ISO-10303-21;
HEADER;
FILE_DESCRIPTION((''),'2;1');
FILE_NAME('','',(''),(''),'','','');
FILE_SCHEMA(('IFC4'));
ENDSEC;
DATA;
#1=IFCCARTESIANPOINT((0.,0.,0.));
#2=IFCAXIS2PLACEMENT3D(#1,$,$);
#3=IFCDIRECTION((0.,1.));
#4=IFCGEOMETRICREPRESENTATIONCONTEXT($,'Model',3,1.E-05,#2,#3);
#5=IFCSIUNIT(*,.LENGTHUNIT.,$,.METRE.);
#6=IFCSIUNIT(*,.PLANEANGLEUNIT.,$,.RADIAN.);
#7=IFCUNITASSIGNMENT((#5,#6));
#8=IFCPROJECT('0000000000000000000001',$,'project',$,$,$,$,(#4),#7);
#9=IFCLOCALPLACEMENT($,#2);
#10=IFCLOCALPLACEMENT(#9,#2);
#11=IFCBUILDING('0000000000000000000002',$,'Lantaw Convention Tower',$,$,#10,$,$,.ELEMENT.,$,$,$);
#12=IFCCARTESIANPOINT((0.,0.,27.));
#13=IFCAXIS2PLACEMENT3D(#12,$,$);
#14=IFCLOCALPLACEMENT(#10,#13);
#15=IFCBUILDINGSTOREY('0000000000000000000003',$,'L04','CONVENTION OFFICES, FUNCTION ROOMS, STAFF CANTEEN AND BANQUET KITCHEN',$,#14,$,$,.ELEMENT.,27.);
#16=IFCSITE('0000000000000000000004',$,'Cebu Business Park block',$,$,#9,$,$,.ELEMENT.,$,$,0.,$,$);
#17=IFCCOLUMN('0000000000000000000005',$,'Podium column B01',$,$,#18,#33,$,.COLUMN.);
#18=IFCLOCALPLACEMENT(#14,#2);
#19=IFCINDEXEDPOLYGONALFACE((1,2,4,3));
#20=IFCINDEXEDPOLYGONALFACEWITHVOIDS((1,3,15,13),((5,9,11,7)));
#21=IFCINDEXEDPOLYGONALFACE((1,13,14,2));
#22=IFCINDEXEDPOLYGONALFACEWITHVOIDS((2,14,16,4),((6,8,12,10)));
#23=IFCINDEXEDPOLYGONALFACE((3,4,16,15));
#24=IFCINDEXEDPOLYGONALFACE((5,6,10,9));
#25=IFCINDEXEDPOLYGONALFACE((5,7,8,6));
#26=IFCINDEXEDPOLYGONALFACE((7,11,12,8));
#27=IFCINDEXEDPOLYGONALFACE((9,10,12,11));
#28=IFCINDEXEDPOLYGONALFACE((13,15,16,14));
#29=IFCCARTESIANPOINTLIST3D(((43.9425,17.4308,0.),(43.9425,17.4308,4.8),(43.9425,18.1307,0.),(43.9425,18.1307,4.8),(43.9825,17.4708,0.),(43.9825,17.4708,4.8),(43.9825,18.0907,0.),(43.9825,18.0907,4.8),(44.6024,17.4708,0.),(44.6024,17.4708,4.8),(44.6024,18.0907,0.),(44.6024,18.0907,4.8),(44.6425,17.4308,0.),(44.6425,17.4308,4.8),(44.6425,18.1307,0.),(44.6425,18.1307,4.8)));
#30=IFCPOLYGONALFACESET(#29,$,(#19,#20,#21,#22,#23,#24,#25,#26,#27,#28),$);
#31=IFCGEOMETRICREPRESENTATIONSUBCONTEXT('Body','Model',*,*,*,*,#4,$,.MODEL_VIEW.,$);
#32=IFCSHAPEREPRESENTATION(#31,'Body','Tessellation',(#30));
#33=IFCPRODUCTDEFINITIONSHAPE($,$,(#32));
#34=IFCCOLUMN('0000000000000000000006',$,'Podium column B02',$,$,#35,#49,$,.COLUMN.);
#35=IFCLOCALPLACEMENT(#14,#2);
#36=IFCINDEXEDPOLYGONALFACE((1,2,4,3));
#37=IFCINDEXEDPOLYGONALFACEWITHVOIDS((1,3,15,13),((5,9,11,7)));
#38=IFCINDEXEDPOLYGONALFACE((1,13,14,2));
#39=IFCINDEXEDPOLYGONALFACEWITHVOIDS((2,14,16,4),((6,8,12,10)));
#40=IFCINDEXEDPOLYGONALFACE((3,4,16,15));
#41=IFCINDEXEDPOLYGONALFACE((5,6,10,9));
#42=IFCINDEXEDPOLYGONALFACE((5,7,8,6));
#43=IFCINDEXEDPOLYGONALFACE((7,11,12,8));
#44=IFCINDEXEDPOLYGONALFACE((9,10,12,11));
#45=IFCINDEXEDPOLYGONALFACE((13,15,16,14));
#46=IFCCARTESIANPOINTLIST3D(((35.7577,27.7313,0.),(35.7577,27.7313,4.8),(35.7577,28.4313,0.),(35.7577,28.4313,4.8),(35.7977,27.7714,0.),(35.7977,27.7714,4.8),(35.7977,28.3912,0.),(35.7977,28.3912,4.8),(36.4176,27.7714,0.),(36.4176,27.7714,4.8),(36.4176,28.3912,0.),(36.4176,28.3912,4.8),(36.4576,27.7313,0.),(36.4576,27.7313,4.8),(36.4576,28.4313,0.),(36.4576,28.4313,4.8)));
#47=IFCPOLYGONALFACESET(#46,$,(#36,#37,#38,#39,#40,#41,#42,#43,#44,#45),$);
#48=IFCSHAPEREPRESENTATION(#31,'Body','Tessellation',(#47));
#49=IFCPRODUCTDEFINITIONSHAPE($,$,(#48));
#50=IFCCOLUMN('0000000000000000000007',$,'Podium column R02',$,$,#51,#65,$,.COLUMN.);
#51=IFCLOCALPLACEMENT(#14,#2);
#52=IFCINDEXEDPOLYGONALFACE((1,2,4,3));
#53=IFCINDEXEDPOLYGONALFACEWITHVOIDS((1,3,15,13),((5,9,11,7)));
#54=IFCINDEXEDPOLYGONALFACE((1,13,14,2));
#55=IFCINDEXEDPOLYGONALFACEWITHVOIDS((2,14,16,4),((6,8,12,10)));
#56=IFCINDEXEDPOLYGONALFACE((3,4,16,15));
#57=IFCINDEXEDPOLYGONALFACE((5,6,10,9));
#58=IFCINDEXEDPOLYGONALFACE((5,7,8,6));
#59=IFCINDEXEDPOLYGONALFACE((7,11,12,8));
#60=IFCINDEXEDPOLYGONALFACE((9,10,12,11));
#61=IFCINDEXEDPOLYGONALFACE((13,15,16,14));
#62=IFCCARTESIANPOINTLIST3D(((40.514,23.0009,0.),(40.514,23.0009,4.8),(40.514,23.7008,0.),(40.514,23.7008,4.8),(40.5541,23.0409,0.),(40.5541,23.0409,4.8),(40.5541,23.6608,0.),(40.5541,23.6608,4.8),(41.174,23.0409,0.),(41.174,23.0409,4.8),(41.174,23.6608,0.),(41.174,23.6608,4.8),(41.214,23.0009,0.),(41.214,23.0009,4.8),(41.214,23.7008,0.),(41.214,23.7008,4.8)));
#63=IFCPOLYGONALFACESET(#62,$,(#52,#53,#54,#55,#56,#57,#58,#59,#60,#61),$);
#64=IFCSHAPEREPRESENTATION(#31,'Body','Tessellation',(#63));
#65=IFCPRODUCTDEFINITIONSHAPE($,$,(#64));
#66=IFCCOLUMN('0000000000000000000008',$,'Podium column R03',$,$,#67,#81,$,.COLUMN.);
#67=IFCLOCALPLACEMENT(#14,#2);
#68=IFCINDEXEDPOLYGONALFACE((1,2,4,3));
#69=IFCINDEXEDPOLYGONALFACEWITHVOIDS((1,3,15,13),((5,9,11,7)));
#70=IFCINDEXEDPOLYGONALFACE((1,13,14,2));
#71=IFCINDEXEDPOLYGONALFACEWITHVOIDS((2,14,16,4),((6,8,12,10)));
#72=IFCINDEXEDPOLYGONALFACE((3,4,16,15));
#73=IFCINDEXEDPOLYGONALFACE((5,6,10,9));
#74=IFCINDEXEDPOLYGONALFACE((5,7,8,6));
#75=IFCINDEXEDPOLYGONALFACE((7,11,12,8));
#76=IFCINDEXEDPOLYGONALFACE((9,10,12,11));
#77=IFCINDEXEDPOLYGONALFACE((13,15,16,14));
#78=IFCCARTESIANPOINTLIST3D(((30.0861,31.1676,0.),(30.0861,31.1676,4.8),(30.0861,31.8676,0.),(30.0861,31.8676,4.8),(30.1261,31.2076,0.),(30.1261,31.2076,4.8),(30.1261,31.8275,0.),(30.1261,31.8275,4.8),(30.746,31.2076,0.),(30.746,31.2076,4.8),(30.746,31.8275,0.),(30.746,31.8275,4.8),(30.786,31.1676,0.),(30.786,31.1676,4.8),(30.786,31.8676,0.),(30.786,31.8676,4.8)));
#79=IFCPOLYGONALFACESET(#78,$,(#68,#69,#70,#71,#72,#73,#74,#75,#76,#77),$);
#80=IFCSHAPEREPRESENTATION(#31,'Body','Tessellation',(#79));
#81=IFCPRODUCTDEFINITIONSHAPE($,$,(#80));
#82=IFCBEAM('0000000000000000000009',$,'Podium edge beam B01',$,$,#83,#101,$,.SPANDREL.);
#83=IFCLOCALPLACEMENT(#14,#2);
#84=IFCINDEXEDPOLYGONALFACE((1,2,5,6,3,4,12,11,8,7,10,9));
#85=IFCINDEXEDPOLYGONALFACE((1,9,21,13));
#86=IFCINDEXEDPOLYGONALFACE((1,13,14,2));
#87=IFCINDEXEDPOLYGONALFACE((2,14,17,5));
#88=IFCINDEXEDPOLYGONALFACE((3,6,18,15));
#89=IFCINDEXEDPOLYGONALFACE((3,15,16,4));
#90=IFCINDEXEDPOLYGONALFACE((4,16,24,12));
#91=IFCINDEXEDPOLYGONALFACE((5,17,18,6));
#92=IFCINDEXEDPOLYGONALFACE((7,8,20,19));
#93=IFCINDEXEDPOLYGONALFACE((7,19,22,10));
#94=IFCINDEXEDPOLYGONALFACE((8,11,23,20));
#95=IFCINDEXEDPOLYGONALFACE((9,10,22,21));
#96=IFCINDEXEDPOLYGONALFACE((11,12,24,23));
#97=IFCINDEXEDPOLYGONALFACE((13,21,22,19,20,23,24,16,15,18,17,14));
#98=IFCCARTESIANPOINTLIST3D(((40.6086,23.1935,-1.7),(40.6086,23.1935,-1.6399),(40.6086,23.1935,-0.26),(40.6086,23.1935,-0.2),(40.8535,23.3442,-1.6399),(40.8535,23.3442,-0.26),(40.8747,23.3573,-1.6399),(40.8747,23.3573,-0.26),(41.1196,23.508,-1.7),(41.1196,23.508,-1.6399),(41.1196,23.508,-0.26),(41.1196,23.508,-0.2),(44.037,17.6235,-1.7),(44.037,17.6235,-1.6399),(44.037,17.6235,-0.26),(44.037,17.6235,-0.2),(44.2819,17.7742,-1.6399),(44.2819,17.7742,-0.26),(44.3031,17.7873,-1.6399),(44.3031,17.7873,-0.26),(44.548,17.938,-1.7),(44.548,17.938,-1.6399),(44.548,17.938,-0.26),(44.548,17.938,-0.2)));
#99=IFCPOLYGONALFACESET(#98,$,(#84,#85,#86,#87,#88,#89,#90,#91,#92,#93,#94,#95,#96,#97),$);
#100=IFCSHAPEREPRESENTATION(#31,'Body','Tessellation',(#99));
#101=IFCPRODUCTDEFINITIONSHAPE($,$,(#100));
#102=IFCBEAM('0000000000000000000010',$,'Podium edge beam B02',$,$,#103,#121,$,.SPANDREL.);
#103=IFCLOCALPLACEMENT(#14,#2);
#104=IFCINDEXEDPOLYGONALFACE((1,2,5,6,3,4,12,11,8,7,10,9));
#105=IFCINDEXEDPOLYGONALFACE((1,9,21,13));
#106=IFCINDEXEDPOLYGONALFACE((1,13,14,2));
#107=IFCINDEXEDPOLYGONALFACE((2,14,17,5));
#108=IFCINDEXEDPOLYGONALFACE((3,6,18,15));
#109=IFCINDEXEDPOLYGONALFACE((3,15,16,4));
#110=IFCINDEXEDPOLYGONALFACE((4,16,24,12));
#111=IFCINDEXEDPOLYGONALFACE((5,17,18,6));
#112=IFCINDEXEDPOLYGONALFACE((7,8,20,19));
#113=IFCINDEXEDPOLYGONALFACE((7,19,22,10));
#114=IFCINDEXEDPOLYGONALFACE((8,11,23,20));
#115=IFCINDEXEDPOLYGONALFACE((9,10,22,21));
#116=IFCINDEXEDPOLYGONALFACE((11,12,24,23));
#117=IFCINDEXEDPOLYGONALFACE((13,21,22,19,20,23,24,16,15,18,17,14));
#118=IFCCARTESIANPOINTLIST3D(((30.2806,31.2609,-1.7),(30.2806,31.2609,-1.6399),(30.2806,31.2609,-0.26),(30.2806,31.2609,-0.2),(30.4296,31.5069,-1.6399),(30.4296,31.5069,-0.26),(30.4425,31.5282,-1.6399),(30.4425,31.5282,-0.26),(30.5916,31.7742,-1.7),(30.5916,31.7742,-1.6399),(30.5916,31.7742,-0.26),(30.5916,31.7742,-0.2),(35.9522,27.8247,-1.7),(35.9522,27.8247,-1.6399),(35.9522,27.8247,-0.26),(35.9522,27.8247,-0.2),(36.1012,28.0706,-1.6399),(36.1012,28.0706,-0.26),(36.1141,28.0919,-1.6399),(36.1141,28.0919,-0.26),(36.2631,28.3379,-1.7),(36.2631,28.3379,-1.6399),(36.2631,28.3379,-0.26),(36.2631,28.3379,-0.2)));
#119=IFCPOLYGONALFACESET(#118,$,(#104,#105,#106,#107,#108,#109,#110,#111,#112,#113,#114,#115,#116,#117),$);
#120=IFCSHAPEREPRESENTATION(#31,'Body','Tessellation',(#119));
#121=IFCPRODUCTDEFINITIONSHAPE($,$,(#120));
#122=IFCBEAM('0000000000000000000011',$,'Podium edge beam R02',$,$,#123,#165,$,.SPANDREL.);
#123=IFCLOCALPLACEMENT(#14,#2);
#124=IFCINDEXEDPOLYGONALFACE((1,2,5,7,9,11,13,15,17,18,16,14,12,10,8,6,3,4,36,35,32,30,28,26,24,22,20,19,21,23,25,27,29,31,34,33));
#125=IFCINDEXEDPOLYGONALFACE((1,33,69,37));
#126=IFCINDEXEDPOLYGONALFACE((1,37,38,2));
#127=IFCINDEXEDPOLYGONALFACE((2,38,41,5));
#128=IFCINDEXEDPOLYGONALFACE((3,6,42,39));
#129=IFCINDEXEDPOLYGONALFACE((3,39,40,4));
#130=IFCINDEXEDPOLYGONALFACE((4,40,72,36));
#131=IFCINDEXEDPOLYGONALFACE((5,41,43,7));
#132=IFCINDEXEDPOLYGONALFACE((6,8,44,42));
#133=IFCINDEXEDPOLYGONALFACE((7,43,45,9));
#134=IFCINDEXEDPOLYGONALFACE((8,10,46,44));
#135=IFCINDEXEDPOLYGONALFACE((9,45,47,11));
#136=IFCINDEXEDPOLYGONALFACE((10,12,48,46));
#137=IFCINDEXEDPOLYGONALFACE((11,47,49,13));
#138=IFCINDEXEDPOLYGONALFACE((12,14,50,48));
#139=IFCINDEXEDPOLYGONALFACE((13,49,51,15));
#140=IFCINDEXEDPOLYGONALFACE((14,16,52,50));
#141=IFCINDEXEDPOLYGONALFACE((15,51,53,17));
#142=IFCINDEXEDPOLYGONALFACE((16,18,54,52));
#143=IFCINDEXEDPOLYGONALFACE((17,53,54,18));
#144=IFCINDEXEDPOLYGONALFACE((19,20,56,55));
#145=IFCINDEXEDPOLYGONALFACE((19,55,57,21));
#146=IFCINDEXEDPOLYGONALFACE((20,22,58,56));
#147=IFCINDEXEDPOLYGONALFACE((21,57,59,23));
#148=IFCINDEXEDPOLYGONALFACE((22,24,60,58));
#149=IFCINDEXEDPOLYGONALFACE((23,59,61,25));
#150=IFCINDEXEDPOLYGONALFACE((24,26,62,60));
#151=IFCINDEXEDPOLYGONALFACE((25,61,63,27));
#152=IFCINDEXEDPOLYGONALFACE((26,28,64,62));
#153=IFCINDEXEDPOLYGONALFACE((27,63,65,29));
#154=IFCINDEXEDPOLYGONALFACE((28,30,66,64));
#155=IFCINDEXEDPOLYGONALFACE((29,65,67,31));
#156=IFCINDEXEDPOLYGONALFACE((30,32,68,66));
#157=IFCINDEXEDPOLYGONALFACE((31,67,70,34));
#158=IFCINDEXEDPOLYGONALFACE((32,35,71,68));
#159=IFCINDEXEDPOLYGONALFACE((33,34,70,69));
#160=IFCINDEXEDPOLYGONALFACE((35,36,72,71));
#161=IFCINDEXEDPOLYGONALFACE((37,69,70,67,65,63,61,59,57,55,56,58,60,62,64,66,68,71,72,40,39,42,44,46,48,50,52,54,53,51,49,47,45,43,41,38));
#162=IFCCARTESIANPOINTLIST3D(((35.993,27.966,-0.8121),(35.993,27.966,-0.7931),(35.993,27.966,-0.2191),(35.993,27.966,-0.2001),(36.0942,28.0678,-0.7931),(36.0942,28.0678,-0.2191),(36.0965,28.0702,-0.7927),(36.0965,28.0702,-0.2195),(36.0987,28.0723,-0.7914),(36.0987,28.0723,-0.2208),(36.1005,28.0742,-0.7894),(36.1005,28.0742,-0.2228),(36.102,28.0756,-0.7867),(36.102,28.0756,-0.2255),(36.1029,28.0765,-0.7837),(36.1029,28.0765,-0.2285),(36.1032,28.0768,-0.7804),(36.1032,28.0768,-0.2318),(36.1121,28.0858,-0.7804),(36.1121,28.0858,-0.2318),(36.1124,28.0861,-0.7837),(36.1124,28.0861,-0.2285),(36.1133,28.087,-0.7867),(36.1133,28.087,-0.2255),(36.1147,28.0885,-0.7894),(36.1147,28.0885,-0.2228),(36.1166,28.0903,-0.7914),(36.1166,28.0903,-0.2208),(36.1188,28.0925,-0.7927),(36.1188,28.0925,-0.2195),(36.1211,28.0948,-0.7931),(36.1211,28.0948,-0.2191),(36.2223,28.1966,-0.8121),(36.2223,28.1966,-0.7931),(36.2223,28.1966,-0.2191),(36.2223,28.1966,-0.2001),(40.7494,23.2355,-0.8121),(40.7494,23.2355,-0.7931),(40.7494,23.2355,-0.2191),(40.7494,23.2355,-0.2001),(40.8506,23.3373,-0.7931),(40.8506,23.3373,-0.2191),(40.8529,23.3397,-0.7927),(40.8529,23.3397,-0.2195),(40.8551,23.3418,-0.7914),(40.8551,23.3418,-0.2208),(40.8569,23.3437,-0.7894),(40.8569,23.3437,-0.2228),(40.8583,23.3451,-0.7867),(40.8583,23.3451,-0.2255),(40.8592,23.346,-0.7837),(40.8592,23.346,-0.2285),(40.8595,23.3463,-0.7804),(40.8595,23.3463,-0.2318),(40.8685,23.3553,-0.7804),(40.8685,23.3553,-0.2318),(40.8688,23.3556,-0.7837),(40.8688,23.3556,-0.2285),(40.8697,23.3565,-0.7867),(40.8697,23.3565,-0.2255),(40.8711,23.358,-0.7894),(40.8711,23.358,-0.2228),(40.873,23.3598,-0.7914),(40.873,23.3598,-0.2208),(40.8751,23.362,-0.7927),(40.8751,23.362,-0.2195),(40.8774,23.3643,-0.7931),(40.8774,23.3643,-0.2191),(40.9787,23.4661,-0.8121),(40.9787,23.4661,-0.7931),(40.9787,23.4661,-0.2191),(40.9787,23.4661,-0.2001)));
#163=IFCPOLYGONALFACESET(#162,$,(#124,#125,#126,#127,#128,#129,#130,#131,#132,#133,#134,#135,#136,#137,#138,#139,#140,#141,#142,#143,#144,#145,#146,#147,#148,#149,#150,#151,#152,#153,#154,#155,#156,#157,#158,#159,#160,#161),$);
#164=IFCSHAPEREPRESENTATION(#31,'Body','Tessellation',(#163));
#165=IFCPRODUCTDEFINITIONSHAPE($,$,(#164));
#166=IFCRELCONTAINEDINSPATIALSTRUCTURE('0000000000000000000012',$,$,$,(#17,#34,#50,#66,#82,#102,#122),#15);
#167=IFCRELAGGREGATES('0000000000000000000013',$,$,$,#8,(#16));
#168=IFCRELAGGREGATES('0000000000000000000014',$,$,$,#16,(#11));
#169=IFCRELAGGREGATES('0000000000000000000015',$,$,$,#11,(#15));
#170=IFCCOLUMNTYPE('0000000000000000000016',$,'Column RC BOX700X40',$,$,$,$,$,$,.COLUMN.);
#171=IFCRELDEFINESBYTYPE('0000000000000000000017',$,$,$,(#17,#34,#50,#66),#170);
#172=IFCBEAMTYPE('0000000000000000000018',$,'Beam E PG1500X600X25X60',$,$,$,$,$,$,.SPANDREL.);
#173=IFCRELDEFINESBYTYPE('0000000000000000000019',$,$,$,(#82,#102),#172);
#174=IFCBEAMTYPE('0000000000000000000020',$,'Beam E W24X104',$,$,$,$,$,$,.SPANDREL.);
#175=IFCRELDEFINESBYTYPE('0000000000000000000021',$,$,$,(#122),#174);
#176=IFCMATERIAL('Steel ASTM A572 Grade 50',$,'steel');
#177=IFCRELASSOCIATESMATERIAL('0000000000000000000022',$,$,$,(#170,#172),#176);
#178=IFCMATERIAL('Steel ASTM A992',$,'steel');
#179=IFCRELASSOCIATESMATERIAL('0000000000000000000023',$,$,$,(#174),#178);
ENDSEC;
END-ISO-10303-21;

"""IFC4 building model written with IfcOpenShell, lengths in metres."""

from ifc_helpers import new_model, si_unit, direction, frame, origin, origin_2d, place, context, subcontext, project, spatial, hollow_rectangle, i_section, extrude, material, material_profile, profile_set, type_object, element, save


model = new_model("IFC4")

# Units and contexts
model_context = context("Model", 3, precision=1e-05, world=origin(), true_north=direction((0.0, 1.0)))
body_context = subcontext(model_context, "Body", "Model", "MODEL_VIEW")
ifc_project = project(units=[si_unit("LENGTHUNIT", "METRE"), si_unit("PLANEANGLEUNIT", "RADIAN")], contexts=[model_context])

# Site, building, storey
site_placement = place(None, origin())
site = spatial("IfcSite", under=ifc_project, at=site_placement, Name="Cebu Business Park block", CompositionType="ELEMENT", RefElevation=0.0)
building_placement = place(site_placement, origin())
building = spatial("IfcBuilding", under=site, at=building_placement, Name="Lantaw Convention Tower", CompositionType="ELEMENT")
storey_placement = place(building_placement, frame((0.0, 0.0, 27.0)))
storey = spatial("IfcBuildingStorey", under=building, at=storey_placement, Name="L04", Description="CONVENTION OFFICES, FUNCTION ROOMS, STAFF CANTEEN AND BANQUET KITCHEN", CompositionType="ELEMENT", Elevation=27.0)

# Columns
ifc_material_1 = material(Name="Steel ASTM A572 Grade 50", Category="steel")
ifc_material_profile_1 = material_profile(ifc_material_1, hollow_rectangle(XDim=0.7, YDim=0.7, WallThickness=0.04, at=origin_2d()), Name="BOX700X40")
ifc_profile_set_1 = profile_set([ifc_material_profile_1], Name="Steel ASTM A572 Grade 50")
column_type = type_object("IfcColumnType", Name="Column RC BOX700X40", PredefinedType="COLUMN", material=ifc_profile_set_1)
for number, where, z_axis, x_axis, name in (
    (1, (44.2925, 17.7808, 0.0), (0.0, 0.0, 1.0), (1.0, 0.0, 0.0), "Podium column B01"),
    (2, (36.1077, 28.0813, 0.0), (0.0, 0.0, 1.0), (1.0, 0.0, 0.0), "Podium column B02"),
    (3, (40.864, 23.3508, 0.0), (0.0, 0.0, 1.0), (1.0, 0.0, 0.0), "Podium column R02"),
    (4, (30.436, 31.5176, 0.0), (0.0, 0.0, 1.0), (1.0, 0.0, 0.0), "Podium column R03"),
):
    element("IfcColumn", number, at=place(storey_placement, frame(where, z_axis=z_axis, x_axis=x_axis)), inside=storey, type_object=column_type, Name=name, PredefinedType="COLUMN", context=body_context, shape_type="SweptSolid", body=[
        extrude(hollow_rectangle(XDim=0.7, YDim=0.7, WallThickness=0.04, at=origin_2d()), origin(), (0.0, 0.0, 1.0), 4.8),
    ])

# Beams
ifc_material_profile_2 = material_profile(ifc_material_1, i_section(OverallWidth=0.6001, OverallDepth=1.5, WebThickness=0.0249, FlangeThickness=0.0601, at=origin_2d()), Name="PG1500X600X25X60")
ifc_profile_set_2 = profile_set([ifc_material_profile_2], Name="Steel ASTM A572 Grade 50")
beam_type_1 = type_object("IfcBeamType", Name="Beam E PG1500X600X25X60", PredefinedType="SPANDREL", material=ifc_profile_set_2)
beam_1_placement = place(storey_placement, frame((44.2925, 17.7808, -0.95), z_axis=(-0.524179, 0.851608, 0.0), x_axis=(-0.851608, -0.524179, 0.0)))
element("IfcBeam", 5, at=beam_1_placement, inside=storey, type_object=beam_type_1, Name="Podium edge beam B01", PredefinedType="SPANDREL", context=body_context, shape_type="SweptSolid", body=[
    extrude(i_section(OverallWidth=0.6001, OverallDepth=1.5, WebThickness=0.0249, FlangeThickness=0.0601, at=origin_2d()), origin(), (0.0, 0.0, 1.0), 6.5405),
])
beam_2_placement = place(storey_placement, frame((36.1077, 28.0813, -0.95), z_axis=(-0.85527, 0.518183, 0.0), x_axis=(-0.518183, -0.85527, 0.0)))
element("IfcBeam", 6, at=beam_2_placement, inside=storey, type_object=beam_type_1, Name="Podium edge beam B02", PredefinedType="SPANDREL", context=body_context, shape_type="SweptSolid", body=[
    extrude(i_section(OverallWidth=0.6001, OverallDepth=1.5, WebThickness=0.0249, FlangeThickness=0.0601, at=origin_2d()), origin(), (0.0, 0.0, 1.0), 6.6313),
])
ifc_material_2 = material(Name="Steel ASTM A992", Category="steel")
ifc_material_profile_3 = material_profile(ifc_material_2, i_section(OverallWidth=0.3252, OverallDepth=0.6121, WebThickness=0.0127, FlangeThickness=0.019, FilletRadius=0.0127, at=origin_2d()), Name="W24X104")
ifc_profile_set_3 = profile_set([ifc_material_profile_3], Name="Steel ASTM A992")
beam_type_2 = type_object("IfcBeamType", Name="Beam E W24X104", PredefinedType="SPANDREL", material=ifc_profile_set_3)
beam_3_placement = place(storey_placement, frame((40.864, 23.3508, -0.5061), z_axis=(-0.709033, 0.705175, 0.0), x_axis=(-0.705175, -0.709033, 0.0)))
element("IfcBeam", 7, at=beam_3_placement, inside=storey, type_object=beam_type_2, Name="Podium edge beam R02", PredefinedType="SPANDREL", context=body_context, shape_type="SweptSolid", body=[
    extrude(i_section(OverallWidth=0.3252, OverallDepth=0.6121, WebThickness=0.0127, FlangeThickness=0.019, FilletRadius=0.0127, at=origin_2d()), origin(), (0.0, 0.0, 1.0), 6.7083),
])

save(model, "model.ifc")
